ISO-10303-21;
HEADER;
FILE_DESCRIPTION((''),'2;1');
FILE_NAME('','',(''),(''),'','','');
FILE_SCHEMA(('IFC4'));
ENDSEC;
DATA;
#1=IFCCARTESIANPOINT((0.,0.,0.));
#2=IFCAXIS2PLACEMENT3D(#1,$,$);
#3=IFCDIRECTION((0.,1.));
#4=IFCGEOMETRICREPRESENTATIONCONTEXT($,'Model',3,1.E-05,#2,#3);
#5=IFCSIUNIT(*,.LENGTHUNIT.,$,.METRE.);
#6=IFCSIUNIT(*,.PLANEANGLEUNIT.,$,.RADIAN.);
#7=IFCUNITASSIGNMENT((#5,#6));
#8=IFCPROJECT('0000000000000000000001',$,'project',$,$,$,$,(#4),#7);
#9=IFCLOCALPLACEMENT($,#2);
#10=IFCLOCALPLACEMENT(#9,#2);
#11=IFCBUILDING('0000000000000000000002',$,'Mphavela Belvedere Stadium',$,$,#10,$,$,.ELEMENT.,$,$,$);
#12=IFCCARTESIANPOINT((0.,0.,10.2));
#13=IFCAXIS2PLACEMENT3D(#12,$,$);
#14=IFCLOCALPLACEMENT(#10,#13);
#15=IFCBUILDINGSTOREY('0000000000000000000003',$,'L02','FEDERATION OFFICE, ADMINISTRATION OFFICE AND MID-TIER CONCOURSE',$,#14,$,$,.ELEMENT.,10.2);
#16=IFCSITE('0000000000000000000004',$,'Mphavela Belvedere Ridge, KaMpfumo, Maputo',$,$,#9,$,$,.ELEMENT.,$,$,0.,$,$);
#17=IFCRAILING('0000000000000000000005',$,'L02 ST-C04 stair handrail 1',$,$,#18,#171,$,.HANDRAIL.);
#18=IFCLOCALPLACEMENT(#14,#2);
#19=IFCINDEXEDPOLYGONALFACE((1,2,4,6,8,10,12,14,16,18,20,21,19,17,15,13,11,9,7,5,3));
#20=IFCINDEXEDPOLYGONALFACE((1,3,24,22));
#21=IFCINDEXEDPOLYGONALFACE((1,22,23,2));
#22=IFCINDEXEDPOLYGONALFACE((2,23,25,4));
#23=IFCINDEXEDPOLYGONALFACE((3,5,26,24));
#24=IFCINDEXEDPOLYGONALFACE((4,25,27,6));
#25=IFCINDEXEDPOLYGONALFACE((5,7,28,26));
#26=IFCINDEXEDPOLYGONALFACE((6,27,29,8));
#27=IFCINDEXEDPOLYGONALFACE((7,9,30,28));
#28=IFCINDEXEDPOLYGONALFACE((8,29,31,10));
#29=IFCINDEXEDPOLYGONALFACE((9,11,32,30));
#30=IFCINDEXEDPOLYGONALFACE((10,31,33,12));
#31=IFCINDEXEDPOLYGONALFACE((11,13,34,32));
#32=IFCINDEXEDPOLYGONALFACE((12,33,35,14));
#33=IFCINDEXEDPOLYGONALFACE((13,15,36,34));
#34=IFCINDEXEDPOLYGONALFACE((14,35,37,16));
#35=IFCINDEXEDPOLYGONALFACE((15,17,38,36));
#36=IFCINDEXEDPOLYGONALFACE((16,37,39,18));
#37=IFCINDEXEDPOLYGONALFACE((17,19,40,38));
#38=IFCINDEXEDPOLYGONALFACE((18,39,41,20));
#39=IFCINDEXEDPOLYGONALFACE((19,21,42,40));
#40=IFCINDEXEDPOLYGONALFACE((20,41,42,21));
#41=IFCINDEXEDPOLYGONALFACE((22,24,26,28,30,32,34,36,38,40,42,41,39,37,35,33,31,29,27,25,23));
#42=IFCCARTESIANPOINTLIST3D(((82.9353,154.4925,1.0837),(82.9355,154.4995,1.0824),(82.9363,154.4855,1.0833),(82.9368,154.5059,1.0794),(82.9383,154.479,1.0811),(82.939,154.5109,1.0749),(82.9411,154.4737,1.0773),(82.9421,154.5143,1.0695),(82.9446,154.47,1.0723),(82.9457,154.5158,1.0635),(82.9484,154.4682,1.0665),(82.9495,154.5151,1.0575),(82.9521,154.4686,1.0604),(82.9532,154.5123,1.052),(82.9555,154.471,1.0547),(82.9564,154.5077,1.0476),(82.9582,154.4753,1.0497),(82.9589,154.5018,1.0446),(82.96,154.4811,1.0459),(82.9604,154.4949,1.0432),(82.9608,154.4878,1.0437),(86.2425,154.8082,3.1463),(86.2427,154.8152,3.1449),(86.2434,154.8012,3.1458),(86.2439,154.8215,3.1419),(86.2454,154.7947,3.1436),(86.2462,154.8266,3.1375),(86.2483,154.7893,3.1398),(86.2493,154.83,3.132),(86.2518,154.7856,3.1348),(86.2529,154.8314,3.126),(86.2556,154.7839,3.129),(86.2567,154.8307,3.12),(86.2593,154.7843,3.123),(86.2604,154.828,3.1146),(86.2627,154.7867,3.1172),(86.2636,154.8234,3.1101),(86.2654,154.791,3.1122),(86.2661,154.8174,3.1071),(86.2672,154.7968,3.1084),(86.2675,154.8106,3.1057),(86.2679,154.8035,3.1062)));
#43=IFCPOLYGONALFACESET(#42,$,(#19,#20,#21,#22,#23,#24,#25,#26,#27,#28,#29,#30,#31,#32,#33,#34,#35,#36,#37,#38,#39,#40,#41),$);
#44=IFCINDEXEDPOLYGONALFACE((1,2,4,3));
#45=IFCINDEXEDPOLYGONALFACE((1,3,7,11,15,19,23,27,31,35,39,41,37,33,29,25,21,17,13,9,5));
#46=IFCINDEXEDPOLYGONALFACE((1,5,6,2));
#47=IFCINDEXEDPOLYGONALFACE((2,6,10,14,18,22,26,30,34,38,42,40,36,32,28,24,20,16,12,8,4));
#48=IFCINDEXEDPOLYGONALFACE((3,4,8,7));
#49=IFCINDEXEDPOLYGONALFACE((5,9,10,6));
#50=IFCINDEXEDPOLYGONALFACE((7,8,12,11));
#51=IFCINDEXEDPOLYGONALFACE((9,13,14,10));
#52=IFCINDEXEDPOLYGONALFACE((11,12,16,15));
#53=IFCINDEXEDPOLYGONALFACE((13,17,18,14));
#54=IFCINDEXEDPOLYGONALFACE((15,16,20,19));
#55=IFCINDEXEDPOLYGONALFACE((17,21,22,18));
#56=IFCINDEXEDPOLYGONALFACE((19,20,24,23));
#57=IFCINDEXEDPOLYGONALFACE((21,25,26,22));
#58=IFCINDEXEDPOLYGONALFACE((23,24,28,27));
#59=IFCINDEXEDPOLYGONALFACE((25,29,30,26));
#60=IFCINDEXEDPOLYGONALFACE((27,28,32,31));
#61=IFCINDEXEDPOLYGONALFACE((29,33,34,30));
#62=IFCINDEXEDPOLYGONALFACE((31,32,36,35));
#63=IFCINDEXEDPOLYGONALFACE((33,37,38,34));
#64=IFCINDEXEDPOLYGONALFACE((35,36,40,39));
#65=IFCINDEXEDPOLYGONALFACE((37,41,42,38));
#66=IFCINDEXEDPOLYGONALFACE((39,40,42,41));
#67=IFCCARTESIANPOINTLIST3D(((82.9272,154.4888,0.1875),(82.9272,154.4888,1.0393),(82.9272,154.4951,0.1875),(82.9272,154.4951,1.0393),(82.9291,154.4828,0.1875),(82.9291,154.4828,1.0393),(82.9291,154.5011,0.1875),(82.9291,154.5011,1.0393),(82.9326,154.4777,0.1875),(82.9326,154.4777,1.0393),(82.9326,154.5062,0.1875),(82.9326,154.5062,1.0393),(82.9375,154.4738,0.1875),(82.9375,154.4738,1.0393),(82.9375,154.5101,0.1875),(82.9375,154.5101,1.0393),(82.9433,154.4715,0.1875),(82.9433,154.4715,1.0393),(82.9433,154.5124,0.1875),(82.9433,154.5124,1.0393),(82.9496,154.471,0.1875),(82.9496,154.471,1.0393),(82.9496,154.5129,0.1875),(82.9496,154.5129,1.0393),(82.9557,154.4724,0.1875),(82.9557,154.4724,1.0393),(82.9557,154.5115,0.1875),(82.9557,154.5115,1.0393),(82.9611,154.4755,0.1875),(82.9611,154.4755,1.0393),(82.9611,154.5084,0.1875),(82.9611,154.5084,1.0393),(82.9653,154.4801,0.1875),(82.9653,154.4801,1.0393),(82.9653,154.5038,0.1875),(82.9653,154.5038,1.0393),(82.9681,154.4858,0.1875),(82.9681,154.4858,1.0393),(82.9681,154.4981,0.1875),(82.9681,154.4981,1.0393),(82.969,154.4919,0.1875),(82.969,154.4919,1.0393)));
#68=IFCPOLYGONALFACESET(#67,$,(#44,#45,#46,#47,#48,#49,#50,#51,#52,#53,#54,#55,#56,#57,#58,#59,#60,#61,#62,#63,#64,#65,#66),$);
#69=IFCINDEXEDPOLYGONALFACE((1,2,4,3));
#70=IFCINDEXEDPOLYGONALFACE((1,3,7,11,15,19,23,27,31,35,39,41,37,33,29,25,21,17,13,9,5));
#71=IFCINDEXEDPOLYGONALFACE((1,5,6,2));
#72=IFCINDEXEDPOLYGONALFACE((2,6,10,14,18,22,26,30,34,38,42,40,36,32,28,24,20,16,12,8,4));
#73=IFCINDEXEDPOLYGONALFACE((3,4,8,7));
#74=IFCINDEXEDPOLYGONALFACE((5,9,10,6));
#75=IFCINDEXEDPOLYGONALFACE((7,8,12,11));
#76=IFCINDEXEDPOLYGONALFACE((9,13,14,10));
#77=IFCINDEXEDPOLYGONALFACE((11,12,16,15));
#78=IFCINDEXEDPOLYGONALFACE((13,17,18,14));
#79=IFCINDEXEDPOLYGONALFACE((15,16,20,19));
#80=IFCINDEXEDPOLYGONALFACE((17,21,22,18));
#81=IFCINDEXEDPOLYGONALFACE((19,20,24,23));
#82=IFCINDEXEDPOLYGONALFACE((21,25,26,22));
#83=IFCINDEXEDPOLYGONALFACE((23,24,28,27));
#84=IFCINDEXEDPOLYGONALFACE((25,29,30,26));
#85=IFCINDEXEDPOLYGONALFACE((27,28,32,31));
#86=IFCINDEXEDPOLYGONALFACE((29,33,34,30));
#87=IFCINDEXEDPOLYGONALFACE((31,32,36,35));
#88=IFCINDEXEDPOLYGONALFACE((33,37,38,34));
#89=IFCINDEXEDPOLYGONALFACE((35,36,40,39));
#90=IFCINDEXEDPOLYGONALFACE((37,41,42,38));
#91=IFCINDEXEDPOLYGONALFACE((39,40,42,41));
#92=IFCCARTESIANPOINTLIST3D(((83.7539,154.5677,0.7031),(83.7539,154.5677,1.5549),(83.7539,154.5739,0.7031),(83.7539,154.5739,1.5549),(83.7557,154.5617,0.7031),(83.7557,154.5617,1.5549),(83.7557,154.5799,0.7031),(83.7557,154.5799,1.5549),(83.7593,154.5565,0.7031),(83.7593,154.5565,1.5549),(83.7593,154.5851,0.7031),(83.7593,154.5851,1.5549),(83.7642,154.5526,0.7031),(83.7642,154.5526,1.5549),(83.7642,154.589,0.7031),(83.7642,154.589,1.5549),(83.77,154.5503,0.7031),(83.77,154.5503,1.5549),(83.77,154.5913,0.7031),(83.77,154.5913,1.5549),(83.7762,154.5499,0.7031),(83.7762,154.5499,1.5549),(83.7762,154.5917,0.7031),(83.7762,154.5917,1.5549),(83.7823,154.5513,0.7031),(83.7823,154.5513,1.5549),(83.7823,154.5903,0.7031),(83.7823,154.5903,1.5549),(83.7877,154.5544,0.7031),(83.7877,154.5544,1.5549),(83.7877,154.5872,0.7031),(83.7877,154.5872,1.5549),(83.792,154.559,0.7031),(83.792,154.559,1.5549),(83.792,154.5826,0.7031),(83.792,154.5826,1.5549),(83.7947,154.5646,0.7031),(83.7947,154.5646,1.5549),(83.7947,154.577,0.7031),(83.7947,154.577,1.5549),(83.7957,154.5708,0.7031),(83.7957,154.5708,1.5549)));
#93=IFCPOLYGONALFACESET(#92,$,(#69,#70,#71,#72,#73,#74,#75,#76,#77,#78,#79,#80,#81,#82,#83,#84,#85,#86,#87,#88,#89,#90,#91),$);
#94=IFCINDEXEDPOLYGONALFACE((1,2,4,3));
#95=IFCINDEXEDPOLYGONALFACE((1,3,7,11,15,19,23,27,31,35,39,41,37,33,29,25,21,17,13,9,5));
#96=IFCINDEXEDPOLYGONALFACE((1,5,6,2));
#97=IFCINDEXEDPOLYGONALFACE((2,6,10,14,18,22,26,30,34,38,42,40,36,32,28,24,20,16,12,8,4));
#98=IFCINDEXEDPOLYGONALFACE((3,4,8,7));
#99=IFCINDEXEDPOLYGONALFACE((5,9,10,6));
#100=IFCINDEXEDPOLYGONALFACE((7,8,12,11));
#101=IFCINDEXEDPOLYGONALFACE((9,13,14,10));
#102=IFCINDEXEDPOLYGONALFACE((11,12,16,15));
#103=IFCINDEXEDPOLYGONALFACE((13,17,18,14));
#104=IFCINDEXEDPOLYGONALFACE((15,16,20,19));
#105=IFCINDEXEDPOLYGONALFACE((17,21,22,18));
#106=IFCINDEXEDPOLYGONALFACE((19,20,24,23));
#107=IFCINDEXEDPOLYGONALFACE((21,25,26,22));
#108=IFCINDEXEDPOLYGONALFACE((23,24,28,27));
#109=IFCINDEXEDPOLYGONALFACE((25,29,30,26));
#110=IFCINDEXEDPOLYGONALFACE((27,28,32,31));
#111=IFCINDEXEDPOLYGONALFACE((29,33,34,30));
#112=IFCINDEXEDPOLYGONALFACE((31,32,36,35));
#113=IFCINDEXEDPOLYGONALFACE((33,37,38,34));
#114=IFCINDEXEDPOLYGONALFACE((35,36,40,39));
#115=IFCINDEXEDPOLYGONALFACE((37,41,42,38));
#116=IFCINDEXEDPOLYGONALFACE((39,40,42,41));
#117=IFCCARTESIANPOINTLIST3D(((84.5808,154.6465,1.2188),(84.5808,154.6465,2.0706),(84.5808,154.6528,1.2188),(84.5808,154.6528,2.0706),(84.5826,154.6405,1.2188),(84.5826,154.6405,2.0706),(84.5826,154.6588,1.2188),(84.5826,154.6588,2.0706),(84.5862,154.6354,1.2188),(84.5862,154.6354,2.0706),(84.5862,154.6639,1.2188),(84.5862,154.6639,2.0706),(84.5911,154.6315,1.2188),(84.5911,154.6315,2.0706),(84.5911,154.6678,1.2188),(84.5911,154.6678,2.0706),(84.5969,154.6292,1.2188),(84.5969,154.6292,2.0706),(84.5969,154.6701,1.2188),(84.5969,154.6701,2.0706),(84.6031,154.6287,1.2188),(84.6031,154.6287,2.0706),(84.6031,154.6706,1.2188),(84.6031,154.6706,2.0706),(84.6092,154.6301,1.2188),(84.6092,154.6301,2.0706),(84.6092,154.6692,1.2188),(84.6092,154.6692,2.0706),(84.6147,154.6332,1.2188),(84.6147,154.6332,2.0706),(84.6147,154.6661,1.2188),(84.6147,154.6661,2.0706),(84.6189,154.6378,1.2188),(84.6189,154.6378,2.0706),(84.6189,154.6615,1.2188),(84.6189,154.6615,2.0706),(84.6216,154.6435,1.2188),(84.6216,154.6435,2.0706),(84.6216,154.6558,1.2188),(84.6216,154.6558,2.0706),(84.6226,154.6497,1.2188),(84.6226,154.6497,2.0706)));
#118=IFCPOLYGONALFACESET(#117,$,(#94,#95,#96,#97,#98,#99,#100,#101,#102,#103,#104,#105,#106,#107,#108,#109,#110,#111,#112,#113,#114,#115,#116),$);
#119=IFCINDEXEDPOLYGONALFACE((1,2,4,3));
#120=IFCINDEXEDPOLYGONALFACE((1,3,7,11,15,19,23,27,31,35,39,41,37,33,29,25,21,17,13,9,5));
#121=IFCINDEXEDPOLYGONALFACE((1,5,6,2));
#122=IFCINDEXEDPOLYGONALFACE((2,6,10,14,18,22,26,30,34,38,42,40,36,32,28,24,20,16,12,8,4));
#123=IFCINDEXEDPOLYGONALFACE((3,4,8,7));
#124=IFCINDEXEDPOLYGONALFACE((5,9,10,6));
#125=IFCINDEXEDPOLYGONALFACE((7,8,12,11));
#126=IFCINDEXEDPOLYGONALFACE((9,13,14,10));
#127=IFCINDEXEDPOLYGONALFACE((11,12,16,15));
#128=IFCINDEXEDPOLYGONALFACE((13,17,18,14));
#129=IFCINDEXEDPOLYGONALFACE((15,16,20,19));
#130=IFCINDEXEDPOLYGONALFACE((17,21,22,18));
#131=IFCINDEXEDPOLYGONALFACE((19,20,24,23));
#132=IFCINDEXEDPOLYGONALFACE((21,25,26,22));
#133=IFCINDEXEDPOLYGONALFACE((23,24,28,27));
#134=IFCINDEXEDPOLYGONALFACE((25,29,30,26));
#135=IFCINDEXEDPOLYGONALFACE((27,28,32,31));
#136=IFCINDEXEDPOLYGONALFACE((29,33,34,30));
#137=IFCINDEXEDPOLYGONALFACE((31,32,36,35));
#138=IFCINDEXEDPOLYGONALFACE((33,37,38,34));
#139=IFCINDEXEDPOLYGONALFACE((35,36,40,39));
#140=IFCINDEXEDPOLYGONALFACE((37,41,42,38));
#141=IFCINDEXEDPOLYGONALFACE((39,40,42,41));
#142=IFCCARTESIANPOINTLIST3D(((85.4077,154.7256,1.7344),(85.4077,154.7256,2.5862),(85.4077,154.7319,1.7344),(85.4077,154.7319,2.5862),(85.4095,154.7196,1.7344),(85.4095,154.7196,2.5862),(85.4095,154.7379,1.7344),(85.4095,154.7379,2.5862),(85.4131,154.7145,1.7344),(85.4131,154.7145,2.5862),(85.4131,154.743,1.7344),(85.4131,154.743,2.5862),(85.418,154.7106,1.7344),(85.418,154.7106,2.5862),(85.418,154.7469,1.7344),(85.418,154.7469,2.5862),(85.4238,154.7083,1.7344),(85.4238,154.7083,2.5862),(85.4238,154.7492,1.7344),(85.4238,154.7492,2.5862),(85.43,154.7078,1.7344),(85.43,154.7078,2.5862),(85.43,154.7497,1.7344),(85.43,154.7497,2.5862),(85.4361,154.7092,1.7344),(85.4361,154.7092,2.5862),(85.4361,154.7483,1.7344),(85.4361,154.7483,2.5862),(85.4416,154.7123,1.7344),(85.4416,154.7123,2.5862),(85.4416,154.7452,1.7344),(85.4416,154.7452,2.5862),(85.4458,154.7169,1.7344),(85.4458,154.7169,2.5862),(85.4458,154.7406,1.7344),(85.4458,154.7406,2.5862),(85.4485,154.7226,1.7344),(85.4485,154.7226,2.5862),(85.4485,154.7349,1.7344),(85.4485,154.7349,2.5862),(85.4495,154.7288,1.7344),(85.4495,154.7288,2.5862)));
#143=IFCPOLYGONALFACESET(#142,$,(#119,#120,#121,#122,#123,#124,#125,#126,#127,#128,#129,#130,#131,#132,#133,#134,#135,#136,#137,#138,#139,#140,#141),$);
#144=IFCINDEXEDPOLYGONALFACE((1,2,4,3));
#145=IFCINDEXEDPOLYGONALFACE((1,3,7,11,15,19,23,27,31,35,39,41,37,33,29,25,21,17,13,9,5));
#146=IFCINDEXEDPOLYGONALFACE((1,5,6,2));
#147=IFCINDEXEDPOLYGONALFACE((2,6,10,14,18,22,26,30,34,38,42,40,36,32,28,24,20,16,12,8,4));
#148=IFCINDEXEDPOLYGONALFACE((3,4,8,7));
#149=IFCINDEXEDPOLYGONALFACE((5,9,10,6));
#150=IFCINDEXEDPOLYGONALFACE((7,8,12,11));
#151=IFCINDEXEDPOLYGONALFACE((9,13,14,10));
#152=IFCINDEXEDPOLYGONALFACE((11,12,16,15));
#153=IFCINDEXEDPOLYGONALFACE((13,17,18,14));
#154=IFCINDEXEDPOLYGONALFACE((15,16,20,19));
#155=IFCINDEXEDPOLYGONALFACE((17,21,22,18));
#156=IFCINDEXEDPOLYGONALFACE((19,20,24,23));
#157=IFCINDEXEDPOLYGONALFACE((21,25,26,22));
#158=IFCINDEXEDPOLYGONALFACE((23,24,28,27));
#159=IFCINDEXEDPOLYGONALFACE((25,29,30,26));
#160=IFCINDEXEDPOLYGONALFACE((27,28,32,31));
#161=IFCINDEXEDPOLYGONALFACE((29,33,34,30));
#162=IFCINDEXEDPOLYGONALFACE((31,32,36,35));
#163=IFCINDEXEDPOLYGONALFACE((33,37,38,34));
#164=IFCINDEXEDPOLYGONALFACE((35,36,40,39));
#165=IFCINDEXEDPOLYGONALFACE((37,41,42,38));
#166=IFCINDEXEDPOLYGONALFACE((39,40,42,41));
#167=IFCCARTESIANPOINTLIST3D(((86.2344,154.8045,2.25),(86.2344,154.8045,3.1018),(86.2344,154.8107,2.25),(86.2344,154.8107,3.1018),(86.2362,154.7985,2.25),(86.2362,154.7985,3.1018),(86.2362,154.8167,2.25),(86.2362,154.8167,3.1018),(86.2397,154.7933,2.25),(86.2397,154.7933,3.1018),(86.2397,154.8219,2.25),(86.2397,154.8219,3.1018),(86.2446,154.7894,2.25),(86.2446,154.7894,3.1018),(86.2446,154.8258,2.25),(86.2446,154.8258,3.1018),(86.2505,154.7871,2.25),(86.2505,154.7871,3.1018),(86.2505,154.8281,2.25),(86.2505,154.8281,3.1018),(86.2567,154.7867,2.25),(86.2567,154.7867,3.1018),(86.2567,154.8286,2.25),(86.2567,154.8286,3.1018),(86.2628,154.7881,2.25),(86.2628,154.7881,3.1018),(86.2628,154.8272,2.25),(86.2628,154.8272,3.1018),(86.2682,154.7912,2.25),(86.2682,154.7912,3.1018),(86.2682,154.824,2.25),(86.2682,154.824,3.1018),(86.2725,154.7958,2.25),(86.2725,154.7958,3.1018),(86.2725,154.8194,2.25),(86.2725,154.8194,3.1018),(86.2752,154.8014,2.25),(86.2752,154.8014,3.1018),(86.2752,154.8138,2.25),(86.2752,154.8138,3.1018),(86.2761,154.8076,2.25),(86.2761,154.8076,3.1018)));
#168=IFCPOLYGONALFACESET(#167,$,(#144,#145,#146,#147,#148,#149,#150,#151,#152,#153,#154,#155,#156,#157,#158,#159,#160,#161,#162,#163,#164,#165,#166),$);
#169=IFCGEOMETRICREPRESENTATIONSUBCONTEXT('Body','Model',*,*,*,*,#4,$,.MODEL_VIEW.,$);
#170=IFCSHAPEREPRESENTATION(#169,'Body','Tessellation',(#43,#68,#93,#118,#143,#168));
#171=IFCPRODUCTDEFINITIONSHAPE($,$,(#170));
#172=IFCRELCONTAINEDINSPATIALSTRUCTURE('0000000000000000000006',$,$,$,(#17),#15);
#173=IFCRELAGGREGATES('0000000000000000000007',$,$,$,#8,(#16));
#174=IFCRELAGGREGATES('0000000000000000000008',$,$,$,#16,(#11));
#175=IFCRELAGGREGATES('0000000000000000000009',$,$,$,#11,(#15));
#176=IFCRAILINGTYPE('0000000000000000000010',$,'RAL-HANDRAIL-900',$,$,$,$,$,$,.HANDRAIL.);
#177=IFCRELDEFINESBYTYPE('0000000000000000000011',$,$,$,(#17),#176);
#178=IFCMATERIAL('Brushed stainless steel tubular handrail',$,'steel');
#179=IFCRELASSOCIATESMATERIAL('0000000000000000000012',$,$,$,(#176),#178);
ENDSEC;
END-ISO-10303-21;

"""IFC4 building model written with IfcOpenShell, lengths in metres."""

from ifc_helpers import new_model, si_unit, direction, frame, origin, origin_2d, place, context, subcontext, project, spatial, circle, extrude, material, type_object, element, save


model = new_model("IFC4")

# Units and contexts
model_context = context("Model", 3, precision=1e-05, world=origin(), true_north=direction((0.0, 1.0)))
body_context = subcontext(model_context, "Body", "Model", "MODEL_VIEW")
ifc_project = project(units=[si_unit("LENGTHUNIT", "METRE"), si_unit("PLANEANGLEUNIT", "RADIAN")], contexts=[model_context])

# Site, building, storey
site_placement = place(None, origin())
site = spatial("IfcSite", under=ifc_project, at=site_placement, Name="Mphavela Belvedere Ridge, KaMpfumo, Maputo", CompositionType="ELEMENT", RefElevation=0.0)
building_placement = place(site_placement, origin())
building = spatial("IfcBuilding", under=site, at=building_placement, Name="Mphavela Belvedere Stadium", CompositionType="ELEMENT")
storey_placement = place(building_placement, frame((0.0, 0.0, 10.2)))
storey = spatial("IfcBuildingStorey", under=building, at=storey_placement, Name="L02", Description="FEDERATION OFFICE, ADMINISTRATION OFFICE AND MID-TIER CONCOURSE", CompositionType="ELEMENT", Elevation=10.2)

# Railing
ifc_material_1 = material(Name="Brushed stainless steel tubular handrail", Category="steel")
railing_type = type_object("IfcRailingType", Name="RAL-HANDRAIL-900", PredefinedType="HANDRAIL", material=ifc_material_1)
railing_placement = place(storey_placement, frame((82.948, 154.4919, 0.1875)))
element("IfcRailing", 1, at=railing_placement, inside=storey, type_object=railing_type, Name="L02 ST-C04 stair handrail 1", PredefinedType="HANDRAIL", context=body_context, shape_type="SweptSolid", body=[
    extrude(circle(Radius=0.0239, at=origin_2d()), frame((0.0, 0.0, 0.876), z_axis=(0.845742, 0.080728, 0.527449), x_axis=(-0.095021, 0.995475, 0.0)), (0.0, 0.0, 1.0), 3.9104),
    extrude(circle(Radius=0.021, at=origin_2d()), origin(), (0.0, 0.0, 1.0), 0.8518),
    extrude(circle(Radius=0.021, at=origin_2d()), frame((0.8267, 0.0789, 0.5156)), (0.0, 0.0, 1.0), 0.8518),
    extrude(circle(Radius=0.021, at=origin_2d()), frame((1.6536, 0.1577, 1.0312)), (0.0, 0.0, 1.0), 0.8518),
    extrude(circle(Radius=0.021, at=origin_2d()), frame((2.4805, 0.2368, 1.5469)), (0.0, 0.0, 1.0), 0.8518),
    extrude(circle(Radius=0.021, at=origin_2d()), frame((3.3071, 0.3157, 2.0625)), (0.0, 0.0, 1.0), 0.8518),
])

save(model, "model.ifc")
